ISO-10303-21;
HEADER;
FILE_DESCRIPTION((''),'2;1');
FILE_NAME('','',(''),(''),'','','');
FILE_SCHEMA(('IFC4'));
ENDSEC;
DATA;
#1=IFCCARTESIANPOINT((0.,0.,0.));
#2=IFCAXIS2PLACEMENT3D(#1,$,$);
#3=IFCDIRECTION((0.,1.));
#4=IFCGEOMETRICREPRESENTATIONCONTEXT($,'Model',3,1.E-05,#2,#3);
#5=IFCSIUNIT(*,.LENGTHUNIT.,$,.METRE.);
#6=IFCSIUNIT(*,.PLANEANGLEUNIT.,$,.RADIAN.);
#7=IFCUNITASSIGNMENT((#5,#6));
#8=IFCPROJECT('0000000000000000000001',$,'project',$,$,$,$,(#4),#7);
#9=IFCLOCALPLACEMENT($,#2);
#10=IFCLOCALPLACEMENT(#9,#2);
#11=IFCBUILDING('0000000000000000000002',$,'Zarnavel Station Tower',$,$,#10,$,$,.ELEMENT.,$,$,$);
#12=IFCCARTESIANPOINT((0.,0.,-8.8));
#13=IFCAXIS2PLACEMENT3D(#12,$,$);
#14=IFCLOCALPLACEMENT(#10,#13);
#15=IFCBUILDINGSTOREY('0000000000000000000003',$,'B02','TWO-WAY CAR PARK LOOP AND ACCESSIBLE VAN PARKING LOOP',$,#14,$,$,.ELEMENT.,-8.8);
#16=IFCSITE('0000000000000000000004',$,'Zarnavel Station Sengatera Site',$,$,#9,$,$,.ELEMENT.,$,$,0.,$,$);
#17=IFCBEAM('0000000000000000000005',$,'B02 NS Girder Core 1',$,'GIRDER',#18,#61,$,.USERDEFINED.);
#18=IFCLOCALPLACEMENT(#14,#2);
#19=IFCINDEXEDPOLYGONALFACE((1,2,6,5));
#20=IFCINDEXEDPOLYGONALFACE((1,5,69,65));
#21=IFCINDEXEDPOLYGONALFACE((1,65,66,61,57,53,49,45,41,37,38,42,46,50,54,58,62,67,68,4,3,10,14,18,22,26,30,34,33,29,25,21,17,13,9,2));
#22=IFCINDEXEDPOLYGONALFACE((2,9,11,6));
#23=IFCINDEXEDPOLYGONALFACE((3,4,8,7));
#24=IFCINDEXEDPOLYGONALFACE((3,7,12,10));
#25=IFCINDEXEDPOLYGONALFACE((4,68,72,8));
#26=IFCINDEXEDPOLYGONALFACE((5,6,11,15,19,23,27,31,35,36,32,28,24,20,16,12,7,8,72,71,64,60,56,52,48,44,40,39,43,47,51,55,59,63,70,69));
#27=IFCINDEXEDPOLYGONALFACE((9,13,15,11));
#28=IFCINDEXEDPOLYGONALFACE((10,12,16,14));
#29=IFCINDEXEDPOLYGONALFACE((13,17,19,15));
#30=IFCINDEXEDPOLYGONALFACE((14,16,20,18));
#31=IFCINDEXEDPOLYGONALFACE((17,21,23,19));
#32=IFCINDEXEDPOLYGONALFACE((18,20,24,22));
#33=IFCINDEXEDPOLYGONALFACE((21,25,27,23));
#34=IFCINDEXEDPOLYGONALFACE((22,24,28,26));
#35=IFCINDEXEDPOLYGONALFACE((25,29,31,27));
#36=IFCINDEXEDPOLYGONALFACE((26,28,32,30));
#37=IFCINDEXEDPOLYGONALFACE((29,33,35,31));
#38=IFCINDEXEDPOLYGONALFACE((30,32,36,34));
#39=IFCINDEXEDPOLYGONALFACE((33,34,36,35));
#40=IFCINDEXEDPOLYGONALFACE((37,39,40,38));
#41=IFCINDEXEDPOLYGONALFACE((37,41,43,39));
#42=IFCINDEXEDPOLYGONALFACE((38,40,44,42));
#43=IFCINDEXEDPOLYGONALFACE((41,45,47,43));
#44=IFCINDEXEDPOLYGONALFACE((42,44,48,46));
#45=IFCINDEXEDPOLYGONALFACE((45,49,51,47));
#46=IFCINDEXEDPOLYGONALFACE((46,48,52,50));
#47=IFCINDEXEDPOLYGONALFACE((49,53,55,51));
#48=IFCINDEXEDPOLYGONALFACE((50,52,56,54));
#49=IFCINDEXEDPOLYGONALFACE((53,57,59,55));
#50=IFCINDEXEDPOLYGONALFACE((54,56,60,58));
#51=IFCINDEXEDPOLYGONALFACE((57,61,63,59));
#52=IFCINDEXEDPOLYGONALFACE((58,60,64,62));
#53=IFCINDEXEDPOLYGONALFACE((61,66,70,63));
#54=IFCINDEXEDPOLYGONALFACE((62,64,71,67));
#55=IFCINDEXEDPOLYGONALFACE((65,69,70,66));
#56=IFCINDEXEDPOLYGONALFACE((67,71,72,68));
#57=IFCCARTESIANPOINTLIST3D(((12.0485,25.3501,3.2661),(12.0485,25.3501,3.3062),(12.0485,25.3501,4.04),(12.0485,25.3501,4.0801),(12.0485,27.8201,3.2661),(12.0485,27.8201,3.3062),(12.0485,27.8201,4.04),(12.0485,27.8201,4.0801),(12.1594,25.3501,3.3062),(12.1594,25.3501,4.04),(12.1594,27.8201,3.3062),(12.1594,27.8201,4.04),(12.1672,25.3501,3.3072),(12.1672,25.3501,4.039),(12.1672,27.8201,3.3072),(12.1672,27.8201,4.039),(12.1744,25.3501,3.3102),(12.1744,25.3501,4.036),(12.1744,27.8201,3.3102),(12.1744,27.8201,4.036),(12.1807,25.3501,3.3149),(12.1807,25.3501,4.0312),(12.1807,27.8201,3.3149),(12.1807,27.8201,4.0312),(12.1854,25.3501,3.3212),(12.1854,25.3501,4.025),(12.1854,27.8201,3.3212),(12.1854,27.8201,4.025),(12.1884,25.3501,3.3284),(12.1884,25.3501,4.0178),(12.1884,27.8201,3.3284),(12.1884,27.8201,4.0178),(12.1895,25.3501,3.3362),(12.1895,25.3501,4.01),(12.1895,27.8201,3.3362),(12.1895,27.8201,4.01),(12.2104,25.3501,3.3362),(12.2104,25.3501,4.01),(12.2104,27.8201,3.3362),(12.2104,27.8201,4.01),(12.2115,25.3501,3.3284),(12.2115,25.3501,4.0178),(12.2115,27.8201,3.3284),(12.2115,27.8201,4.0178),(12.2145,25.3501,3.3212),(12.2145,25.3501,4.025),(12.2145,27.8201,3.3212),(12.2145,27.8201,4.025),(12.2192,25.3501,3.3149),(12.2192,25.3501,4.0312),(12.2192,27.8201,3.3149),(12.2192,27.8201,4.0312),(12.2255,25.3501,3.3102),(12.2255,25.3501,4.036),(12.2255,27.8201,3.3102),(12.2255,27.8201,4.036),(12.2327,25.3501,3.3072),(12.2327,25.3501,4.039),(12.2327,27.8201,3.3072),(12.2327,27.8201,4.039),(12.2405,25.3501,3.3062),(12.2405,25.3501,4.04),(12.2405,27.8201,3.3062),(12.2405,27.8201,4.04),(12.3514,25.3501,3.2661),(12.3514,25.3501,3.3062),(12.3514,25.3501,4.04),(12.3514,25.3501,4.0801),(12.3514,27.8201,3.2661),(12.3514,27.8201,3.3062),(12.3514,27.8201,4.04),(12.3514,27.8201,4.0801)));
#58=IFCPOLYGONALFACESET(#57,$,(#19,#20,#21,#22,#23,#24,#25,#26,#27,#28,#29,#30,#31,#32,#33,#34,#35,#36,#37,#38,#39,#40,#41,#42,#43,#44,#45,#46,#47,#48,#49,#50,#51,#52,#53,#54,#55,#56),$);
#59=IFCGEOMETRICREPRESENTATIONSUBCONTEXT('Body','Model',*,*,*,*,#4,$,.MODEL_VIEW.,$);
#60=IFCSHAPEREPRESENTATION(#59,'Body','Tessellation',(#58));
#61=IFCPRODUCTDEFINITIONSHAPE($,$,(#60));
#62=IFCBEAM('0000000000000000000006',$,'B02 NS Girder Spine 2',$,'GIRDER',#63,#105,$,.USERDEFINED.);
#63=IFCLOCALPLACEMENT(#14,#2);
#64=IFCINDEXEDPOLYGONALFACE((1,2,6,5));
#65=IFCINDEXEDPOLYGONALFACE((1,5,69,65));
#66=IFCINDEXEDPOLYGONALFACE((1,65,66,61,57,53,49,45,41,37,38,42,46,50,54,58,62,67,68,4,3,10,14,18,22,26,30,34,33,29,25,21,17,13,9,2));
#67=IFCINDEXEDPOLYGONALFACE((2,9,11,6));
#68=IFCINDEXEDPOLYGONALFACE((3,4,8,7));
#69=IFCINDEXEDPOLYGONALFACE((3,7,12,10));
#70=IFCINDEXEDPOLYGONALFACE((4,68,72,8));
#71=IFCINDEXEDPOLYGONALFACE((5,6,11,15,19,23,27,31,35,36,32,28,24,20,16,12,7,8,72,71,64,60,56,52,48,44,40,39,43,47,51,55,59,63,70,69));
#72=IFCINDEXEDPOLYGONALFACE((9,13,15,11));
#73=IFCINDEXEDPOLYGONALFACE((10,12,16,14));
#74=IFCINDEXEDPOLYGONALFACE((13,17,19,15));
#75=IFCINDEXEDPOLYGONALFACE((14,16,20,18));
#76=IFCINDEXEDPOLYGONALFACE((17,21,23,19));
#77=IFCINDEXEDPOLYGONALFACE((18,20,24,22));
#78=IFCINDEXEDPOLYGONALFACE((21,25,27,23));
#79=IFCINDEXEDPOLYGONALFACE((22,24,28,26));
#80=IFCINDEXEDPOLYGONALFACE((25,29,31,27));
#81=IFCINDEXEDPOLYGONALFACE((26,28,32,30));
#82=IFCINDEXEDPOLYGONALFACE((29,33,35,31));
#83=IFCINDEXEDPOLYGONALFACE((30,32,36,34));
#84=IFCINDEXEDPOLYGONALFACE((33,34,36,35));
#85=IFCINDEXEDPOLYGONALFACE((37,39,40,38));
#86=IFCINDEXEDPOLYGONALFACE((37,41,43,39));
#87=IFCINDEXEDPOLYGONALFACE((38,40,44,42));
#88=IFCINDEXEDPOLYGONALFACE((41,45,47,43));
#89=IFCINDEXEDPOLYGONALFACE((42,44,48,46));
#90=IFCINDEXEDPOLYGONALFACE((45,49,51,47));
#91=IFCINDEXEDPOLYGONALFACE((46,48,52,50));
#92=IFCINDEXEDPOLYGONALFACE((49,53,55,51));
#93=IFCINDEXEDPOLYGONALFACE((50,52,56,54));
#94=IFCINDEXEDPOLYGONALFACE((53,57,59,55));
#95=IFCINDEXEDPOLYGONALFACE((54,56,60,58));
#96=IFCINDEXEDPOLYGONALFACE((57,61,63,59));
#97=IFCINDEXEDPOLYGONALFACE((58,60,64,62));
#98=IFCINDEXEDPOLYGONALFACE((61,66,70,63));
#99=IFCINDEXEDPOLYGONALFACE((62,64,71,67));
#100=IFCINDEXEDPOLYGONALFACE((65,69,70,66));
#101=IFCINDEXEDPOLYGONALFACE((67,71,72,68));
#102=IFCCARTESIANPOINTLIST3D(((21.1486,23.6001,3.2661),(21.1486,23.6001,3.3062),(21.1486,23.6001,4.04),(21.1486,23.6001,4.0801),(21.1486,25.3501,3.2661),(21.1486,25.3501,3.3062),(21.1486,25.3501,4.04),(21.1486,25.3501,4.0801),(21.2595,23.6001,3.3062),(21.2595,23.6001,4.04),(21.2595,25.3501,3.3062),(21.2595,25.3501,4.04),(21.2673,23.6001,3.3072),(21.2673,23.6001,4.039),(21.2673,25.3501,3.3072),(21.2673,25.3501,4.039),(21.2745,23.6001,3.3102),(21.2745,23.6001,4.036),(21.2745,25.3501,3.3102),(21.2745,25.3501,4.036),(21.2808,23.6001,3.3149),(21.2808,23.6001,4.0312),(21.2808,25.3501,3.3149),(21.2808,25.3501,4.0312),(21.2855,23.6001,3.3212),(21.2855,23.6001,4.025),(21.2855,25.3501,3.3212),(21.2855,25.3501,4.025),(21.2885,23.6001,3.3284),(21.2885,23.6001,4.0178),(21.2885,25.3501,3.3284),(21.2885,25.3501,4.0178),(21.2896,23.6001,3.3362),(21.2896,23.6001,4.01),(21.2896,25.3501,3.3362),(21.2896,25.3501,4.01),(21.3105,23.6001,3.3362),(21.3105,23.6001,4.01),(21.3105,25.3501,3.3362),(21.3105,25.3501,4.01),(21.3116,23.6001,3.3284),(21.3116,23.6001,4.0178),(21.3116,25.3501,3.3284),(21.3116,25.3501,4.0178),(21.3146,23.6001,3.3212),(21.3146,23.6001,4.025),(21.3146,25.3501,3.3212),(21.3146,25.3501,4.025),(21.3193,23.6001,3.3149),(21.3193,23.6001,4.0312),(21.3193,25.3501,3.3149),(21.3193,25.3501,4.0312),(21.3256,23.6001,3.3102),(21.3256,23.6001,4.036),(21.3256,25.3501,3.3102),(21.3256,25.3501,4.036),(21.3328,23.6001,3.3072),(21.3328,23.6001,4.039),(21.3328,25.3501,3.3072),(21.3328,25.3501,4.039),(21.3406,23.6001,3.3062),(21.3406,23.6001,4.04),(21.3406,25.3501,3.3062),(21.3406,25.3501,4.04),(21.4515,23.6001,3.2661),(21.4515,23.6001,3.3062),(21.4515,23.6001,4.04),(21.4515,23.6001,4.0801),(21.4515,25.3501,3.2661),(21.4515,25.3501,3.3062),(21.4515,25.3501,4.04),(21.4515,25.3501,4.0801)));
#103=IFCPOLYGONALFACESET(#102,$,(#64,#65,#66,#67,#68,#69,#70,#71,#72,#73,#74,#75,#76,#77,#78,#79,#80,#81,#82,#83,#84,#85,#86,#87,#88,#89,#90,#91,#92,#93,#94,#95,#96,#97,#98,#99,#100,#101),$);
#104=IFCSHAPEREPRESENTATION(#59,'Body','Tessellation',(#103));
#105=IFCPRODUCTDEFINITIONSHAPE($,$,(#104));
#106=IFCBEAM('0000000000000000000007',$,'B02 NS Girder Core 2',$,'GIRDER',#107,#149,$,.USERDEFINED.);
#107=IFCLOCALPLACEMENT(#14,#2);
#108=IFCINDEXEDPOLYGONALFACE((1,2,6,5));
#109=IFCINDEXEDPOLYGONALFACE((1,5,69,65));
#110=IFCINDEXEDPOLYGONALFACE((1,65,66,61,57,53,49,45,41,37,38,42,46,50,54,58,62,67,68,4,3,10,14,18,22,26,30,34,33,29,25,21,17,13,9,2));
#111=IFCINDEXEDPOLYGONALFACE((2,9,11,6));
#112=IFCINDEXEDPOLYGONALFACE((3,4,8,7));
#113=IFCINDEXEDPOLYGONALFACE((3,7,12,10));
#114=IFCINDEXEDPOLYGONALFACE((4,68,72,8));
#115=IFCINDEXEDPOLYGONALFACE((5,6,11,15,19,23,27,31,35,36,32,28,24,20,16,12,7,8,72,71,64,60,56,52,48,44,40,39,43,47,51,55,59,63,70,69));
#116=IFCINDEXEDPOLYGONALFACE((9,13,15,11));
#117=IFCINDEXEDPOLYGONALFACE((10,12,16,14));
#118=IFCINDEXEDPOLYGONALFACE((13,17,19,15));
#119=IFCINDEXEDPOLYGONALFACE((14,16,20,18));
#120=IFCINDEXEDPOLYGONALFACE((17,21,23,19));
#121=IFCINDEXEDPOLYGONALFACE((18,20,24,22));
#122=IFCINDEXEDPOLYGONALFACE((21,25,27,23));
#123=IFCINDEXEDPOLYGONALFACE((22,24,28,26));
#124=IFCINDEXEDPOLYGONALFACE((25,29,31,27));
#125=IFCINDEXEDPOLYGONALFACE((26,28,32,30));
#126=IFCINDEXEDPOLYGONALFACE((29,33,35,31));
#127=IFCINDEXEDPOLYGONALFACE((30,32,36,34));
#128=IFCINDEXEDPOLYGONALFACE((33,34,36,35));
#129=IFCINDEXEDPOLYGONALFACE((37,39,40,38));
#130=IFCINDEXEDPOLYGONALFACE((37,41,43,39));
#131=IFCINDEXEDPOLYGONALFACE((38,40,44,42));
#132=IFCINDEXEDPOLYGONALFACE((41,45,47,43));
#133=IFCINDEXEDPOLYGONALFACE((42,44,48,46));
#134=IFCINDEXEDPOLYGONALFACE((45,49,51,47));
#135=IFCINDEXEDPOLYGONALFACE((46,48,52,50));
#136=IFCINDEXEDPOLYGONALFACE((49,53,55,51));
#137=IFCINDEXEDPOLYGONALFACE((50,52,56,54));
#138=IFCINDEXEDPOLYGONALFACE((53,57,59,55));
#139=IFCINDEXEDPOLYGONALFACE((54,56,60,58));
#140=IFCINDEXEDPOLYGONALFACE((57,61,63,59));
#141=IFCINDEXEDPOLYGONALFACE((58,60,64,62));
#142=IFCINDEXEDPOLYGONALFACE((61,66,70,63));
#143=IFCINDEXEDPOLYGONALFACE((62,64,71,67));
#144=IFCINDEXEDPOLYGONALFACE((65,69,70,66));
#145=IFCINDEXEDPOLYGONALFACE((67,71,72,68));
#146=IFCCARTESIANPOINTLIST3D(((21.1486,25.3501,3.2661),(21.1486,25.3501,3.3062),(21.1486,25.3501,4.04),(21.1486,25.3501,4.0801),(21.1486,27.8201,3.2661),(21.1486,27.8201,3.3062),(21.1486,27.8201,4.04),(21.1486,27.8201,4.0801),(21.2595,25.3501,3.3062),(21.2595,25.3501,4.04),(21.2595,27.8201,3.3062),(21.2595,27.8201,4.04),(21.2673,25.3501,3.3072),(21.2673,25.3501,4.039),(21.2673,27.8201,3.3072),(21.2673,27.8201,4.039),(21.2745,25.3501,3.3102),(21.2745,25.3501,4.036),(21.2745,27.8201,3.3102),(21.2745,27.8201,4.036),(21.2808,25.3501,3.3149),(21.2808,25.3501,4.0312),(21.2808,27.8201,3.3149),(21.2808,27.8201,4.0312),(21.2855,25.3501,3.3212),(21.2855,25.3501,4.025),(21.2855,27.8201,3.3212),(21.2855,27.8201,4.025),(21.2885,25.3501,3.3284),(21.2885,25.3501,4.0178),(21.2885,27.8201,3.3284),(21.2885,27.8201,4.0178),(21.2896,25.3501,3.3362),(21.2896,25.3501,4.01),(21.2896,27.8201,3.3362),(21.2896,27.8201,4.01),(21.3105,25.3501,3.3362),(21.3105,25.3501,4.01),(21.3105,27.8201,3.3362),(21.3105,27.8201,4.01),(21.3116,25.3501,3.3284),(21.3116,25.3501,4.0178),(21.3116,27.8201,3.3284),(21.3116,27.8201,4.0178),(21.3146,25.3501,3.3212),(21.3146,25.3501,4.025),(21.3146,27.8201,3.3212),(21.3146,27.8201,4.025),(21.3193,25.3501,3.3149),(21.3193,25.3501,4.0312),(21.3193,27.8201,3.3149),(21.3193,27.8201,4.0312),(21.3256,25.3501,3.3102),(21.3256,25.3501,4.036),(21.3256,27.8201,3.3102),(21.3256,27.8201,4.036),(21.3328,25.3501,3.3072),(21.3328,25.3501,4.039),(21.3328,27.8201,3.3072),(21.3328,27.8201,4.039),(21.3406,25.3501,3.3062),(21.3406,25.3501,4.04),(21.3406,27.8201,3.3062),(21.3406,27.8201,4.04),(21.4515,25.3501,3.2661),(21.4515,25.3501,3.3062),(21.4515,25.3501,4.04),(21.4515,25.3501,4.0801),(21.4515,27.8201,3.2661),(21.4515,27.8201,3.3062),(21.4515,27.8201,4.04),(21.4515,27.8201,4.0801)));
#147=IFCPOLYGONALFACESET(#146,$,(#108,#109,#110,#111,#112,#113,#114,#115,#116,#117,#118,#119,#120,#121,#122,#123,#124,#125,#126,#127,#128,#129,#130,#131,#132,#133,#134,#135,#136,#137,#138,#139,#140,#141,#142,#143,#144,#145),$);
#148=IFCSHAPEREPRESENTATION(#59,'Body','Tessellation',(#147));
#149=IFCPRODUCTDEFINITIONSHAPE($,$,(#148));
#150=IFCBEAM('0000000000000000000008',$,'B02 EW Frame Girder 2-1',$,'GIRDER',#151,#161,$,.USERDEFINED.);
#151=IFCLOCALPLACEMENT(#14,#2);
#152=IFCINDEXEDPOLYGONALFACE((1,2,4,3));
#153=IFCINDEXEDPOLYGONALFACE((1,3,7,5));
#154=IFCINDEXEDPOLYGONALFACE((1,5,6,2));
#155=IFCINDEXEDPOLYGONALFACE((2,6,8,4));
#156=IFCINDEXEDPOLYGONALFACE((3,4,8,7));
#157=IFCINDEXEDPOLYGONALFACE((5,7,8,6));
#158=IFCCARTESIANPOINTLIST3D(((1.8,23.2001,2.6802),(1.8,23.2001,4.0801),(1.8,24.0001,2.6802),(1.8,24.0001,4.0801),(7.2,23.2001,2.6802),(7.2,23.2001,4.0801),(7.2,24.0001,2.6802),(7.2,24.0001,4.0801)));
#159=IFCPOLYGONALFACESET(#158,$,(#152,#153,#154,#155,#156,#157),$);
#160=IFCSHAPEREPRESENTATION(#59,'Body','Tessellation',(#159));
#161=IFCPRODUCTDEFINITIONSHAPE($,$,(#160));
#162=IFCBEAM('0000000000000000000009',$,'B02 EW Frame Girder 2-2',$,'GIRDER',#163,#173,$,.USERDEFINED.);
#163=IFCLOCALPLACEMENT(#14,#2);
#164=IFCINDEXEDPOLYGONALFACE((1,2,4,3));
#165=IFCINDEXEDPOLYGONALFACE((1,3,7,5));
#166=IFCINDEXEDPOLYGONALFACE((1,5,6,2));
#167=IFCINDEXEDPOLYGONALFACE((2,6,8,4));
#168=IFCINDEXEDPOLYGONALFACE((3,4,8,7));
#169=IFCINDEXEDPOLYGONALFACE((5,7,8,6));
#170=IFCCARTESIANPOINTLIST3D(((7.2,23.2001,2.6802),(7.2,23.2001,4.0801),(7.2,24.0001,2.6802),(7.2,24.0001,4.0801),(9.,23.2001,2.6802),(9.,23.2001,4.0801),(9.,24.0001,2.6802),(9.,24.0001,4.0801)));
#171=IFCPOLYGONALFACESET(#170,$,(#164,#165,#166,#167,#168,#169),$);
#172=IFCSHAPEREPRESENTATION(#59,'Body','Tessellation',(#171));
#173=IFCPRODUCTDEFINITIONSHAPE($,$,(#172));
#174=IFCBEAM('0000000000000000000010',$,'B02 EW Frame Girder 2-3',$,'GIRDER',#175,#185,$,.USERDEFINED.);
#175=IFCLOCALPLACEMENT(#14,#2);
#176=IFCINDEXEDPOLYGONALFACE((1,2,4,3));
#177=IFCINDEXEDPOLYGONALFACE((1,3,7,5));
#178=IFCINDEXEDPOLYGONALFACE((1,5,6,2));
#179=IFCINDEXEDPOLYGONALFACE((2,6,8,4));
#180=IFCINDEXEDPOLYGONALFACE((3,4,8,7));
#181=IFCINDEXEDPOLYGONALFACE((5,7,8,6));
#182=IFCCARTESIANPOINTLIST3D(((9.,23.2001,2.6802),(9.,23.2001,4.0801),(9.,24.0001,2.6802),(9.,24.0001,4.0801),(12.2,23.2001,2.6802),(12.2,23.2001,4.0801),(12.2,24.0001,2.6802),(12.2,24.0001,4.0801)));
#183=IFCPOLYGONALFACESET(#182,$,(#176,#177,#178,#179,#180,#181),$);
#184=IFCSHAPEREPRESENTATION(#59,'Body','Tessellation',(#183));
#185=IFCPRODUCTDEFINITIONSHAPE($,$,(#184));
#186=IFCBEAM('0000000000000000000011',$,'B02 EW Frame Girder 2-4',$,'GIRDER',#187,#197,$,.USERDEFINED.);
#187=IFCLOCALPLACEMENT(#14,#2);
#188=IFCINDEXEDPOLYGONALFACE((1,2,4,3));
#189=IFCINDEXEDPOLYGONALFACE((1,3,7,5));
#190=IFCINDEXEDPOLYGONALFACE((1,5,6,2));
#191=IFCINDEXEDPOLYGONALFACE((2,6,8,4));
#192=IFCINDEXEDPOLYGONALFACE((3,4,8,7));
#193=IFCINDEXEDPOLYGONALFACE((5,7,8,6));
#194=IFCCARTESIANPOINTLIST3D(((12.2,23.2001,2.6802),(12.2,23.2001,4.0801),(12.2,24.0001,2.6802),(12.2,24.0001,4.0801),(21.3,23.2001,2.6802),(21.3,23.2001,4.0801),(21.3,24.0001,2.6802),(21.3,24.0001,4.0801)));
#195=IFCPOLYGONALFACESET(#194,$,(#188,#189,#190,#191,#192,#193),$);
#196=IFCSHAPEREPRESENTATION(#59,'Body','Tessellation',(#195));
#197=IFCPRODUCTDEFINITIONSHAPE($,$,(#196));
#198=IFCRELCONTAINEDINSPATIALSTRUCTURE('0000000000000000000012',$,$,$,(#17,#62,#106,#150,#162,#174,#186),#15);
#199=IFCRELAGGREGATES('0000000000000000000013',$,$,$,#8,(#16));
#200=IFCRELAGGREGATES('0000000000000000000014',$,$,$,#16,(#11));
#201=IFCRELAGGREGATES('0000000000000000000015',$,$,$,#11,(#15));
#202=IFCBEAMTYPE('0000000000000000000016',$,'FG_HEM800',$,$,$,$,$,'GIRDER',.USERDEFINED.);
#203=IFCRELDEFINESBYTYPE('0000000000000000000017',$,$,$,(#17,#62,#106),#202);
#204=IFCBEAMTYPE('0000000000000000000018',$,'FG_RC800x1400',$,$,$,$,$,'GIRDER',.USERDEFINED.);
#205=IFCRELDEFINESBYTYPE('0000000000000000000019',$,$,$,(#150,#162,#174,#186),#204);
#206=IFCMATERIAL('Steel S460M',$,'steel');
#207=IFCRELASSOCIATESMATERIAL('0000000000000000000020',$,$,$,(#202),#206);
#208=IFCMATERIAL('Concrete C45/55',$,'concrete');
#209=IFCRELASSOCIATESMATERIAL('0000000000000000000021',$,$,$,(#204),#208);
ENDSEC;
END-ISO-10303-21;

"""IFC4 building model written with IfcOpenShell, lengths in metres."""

from ifc_helpers import new_model, si_unit, direction, frame, origin, origin_2d, place, context, subcontext, project, spatial, rectangle, i_section, extrude, material, material_profile, profile_set, type_object, element, save


model = new_model("IFC4")

# Units and contexts
model_context = context("Model", 3, precision=1e-05, world=origin(), true_north=direction((0.0, 1.0)))
body_context = subcontext(model_context, "Body", "Model", "MODEL_VIEW")
ifc_project = project(units=[si_unit("LENGTHUNIT", "METRE"), si_unit("PLANEANGLEUNIT", "RADIAN")], contexts=[model_context])

# Site, building, storey
site_placement = place(None, origin())
site = spatial("IfcSite", under=ifc_project, at=site_placement, Name="Zarnavel Station Sengatera Site", CompositionType="ELEMENT", RefElevation=0.0)
building_placement = place(site_placement, origin())
building = spatial("IfcBuilding", under=site, at=building_placement, Name="Zarnavel Station Tower", CompositionType="ELEMENT")
storey_placement = place(building_placement, frame((0.0, 0.0, -8.8)))
storey = spatial("IfcBuildingStorey", under=building, at=storey_placement, Name="B02", Description="TWO-WAY CAR PARK LOOP AND ACCESSIBLE VAN PARKING LOOP", CompositionType="ELEMENT", Elevation=-8.8)

# Beams
ifc_material_1 = material(Name="Steel S460M", Category="steel")
ifc_material_profile_1 = material_profile(ifc_material_1, i_section(OverallWidth=0.303, OverallDepth=0.814, WebThickness=0.021, FlangeThickness=0.04, FilletRadius=0.03, at=origin_2d()), Name="HEM800")
ifc_profile_set_1 = profile_set([ifc_material_profile_1], Name="Steel S460M")
beam_type_1 = type_object("IfcBeamType", Name="FG_HEM800", ElementType="GIRDER", PredefinedType="USERDEFINED", material=ifc_profile_set_1)
beam_1_placement = place(storey_placement, frame((12.2, 25.3501, 3.6731), z_axis=(0.0, 1.0, 0.0), x_axis=(-1.0, 0.0, 0.0)))
element("IfcBeam", 1, at=beam_1_placement, inside=storey, type_object=beam_type_1, Name="B02 NS Girder Core 1", ObjectType="GIRDER", PredefinedType="USERDEFINED", context=body_context, shape_type="SweptSolid", body=[
    extrude(i_section(OverallWidth=0.303, OverallDepth=0.814, WebThickness=0.021, FlangeThickness=0.04, FilletRadius=0.03, at=origin_2d()), origin(), (0.0, 0.0, 1.0), 2.47),
])
beam_2_placement = place(storey_placement, frame((21.3, 23.6001, 3.6731), z_axis=(0.0, 1.0, 0.0), x_axis=(-1.0, 0.0, 0.0)))
element("IfcBeam", 2, at=beam_2_placement, inside=storey, type_object=beam_type_1, Name="B02 NS Girder Spine 2", ObjectType="GIRDER", PredefinedType="USERDEFINED", context=body_context, shape_type="SweptSolid", body=[
    extrude(i_section(OverallWidth=0.303, OverallDepth=0.814, WebThickness=0.021, FlangeThickness=0.04, FilletRadius=0.03, at=origin_2d()), origin(), (0.0, 0.0, 1.0), 1.75),
])
beam_3_placement = place(storey_placement, frame((21.3, 25.3501, 3.6731), z_axis=(0.0, 1.0, 0.0), x_axis=(-1.0, 0.0, 0.0)))
element("IfcBeam", 3, at=beam_3_placement, inside=storey, type_object=beam_type_1, Name="B02 NS Girder Core 2", ObjectType="GIRDER", PredefinedType="USERDEFINED", context=body_context, shape_type="SweptSolid", body=[
    extrude(i_section(OverallWidth=0.303, OverallDepth=0.814, WebThickness=0.021, FlangeThickness=0.04, FilletRadius=0.03, at=origin_2d()), origin(), (0.0, 0.0, 1.0), 2.47),
])
ifc_material_2 = material(Name="Concrete C45/55", Category="concrete")
ifc_material_profile_2 = material_profile(ifc_material_2, rectangle(XDim=0.8, YDim=1.3999, at=origin_2d()), Name="RC800x1400")
ifc_profile_set_2 = profile_set([ifc_material_profile_2], Name="Concrete C45/55")
beam_type_2 = type_object("IfcBeamType", Name="FG_RC800x1400", ElementType="GIRDER", PredefinedType="USERDEFINED", material=ifc_profile_set_2)
beam_4_placement = place(storey_placement, frame((1.8, 23.6001, 3.3801), z_axis=(1.0, 0.0, 0.0), x_axis=(0.0, 1.0, 0.0)))
element("IfcBeam", 4, at=beam_4_placement, inside=storey, type_object=beam_type_2, Name="B02 EW Frame Girder 2-1", ObjectType="GIRDER", PredefinedType="USERDEFINED", context=body_context, shape_type="SweptSolid", body=[
    extrude(rectangle(XDim=0.8, YDim=1.3999, at=origin_2d()), origin(), (0.0, 0.0, 1.0), 5.3999),
])
beam_5_placement = place(storey_placement, frame((7.2, 23.6001, 3.3801), z_axis=(1.0, 0.0, 0.0), x_axis=(0.0, 1.0, 0.0)))
element("IfcBeam", 5, at=beam_5_placement, inside=storey, type_object=beam_type_2, Name="B02 EW Frame Girder 2-2", ObjectType="GIRDER", PredefinedType="USERDEFINED", context=body_context, shape_type="SweptSolid", body=[
    extrude(rectangle(XDim=0.8, YDim=1.3999, at=origin_2d()), origin(), (0.0, 0.0, 1.0), 1.8),
])
beam_6_placement = place(storey_placement, frame((9.0, 23.6001, 3.3801), z_axis=(1.0, 0.0, 0.0), x_axis=(0.0, 1.0, 0.0)))
element("IfcBeam", 6, at=beam_6_placement, inside=storey, type_object=beam_type_2, Name="B02 EW Frame Girder 2-3", ObjectType="GIRDER", PredefinedType="USERDEFINED", context=body_context, shape_type="SweptSolid", body=[
    extrude(rectangle(XDim=0.8, YDim=1.3999, at=origin_2d()), origin(), (0.0, 0.0, 1.0), 3.2),
])
beam_7_placement = place(storey_placement, frame((12.2, 23.6001, 3.3801), z_axis=(1.0, 0.0, 0.0), x_axis=(0.0, 1.0, 0.0)))
element("IfcBeam", 7, at=beam_7_placement, inside=storey, type_object=beam_type_2, Name="B02 EW Frame Girder 2-4", ObjectType="GIRDER", PredefinedType="USERDEFINED", context=body_context, shape_type="SweptSolid", body=[
    extrude(rectangle(XDim=0.8, YDim=1.3999, at=origin_2d()), origin(), (0.0, 0.0, 1.0), 9.1001),
])

save(model, "model.ifc")
